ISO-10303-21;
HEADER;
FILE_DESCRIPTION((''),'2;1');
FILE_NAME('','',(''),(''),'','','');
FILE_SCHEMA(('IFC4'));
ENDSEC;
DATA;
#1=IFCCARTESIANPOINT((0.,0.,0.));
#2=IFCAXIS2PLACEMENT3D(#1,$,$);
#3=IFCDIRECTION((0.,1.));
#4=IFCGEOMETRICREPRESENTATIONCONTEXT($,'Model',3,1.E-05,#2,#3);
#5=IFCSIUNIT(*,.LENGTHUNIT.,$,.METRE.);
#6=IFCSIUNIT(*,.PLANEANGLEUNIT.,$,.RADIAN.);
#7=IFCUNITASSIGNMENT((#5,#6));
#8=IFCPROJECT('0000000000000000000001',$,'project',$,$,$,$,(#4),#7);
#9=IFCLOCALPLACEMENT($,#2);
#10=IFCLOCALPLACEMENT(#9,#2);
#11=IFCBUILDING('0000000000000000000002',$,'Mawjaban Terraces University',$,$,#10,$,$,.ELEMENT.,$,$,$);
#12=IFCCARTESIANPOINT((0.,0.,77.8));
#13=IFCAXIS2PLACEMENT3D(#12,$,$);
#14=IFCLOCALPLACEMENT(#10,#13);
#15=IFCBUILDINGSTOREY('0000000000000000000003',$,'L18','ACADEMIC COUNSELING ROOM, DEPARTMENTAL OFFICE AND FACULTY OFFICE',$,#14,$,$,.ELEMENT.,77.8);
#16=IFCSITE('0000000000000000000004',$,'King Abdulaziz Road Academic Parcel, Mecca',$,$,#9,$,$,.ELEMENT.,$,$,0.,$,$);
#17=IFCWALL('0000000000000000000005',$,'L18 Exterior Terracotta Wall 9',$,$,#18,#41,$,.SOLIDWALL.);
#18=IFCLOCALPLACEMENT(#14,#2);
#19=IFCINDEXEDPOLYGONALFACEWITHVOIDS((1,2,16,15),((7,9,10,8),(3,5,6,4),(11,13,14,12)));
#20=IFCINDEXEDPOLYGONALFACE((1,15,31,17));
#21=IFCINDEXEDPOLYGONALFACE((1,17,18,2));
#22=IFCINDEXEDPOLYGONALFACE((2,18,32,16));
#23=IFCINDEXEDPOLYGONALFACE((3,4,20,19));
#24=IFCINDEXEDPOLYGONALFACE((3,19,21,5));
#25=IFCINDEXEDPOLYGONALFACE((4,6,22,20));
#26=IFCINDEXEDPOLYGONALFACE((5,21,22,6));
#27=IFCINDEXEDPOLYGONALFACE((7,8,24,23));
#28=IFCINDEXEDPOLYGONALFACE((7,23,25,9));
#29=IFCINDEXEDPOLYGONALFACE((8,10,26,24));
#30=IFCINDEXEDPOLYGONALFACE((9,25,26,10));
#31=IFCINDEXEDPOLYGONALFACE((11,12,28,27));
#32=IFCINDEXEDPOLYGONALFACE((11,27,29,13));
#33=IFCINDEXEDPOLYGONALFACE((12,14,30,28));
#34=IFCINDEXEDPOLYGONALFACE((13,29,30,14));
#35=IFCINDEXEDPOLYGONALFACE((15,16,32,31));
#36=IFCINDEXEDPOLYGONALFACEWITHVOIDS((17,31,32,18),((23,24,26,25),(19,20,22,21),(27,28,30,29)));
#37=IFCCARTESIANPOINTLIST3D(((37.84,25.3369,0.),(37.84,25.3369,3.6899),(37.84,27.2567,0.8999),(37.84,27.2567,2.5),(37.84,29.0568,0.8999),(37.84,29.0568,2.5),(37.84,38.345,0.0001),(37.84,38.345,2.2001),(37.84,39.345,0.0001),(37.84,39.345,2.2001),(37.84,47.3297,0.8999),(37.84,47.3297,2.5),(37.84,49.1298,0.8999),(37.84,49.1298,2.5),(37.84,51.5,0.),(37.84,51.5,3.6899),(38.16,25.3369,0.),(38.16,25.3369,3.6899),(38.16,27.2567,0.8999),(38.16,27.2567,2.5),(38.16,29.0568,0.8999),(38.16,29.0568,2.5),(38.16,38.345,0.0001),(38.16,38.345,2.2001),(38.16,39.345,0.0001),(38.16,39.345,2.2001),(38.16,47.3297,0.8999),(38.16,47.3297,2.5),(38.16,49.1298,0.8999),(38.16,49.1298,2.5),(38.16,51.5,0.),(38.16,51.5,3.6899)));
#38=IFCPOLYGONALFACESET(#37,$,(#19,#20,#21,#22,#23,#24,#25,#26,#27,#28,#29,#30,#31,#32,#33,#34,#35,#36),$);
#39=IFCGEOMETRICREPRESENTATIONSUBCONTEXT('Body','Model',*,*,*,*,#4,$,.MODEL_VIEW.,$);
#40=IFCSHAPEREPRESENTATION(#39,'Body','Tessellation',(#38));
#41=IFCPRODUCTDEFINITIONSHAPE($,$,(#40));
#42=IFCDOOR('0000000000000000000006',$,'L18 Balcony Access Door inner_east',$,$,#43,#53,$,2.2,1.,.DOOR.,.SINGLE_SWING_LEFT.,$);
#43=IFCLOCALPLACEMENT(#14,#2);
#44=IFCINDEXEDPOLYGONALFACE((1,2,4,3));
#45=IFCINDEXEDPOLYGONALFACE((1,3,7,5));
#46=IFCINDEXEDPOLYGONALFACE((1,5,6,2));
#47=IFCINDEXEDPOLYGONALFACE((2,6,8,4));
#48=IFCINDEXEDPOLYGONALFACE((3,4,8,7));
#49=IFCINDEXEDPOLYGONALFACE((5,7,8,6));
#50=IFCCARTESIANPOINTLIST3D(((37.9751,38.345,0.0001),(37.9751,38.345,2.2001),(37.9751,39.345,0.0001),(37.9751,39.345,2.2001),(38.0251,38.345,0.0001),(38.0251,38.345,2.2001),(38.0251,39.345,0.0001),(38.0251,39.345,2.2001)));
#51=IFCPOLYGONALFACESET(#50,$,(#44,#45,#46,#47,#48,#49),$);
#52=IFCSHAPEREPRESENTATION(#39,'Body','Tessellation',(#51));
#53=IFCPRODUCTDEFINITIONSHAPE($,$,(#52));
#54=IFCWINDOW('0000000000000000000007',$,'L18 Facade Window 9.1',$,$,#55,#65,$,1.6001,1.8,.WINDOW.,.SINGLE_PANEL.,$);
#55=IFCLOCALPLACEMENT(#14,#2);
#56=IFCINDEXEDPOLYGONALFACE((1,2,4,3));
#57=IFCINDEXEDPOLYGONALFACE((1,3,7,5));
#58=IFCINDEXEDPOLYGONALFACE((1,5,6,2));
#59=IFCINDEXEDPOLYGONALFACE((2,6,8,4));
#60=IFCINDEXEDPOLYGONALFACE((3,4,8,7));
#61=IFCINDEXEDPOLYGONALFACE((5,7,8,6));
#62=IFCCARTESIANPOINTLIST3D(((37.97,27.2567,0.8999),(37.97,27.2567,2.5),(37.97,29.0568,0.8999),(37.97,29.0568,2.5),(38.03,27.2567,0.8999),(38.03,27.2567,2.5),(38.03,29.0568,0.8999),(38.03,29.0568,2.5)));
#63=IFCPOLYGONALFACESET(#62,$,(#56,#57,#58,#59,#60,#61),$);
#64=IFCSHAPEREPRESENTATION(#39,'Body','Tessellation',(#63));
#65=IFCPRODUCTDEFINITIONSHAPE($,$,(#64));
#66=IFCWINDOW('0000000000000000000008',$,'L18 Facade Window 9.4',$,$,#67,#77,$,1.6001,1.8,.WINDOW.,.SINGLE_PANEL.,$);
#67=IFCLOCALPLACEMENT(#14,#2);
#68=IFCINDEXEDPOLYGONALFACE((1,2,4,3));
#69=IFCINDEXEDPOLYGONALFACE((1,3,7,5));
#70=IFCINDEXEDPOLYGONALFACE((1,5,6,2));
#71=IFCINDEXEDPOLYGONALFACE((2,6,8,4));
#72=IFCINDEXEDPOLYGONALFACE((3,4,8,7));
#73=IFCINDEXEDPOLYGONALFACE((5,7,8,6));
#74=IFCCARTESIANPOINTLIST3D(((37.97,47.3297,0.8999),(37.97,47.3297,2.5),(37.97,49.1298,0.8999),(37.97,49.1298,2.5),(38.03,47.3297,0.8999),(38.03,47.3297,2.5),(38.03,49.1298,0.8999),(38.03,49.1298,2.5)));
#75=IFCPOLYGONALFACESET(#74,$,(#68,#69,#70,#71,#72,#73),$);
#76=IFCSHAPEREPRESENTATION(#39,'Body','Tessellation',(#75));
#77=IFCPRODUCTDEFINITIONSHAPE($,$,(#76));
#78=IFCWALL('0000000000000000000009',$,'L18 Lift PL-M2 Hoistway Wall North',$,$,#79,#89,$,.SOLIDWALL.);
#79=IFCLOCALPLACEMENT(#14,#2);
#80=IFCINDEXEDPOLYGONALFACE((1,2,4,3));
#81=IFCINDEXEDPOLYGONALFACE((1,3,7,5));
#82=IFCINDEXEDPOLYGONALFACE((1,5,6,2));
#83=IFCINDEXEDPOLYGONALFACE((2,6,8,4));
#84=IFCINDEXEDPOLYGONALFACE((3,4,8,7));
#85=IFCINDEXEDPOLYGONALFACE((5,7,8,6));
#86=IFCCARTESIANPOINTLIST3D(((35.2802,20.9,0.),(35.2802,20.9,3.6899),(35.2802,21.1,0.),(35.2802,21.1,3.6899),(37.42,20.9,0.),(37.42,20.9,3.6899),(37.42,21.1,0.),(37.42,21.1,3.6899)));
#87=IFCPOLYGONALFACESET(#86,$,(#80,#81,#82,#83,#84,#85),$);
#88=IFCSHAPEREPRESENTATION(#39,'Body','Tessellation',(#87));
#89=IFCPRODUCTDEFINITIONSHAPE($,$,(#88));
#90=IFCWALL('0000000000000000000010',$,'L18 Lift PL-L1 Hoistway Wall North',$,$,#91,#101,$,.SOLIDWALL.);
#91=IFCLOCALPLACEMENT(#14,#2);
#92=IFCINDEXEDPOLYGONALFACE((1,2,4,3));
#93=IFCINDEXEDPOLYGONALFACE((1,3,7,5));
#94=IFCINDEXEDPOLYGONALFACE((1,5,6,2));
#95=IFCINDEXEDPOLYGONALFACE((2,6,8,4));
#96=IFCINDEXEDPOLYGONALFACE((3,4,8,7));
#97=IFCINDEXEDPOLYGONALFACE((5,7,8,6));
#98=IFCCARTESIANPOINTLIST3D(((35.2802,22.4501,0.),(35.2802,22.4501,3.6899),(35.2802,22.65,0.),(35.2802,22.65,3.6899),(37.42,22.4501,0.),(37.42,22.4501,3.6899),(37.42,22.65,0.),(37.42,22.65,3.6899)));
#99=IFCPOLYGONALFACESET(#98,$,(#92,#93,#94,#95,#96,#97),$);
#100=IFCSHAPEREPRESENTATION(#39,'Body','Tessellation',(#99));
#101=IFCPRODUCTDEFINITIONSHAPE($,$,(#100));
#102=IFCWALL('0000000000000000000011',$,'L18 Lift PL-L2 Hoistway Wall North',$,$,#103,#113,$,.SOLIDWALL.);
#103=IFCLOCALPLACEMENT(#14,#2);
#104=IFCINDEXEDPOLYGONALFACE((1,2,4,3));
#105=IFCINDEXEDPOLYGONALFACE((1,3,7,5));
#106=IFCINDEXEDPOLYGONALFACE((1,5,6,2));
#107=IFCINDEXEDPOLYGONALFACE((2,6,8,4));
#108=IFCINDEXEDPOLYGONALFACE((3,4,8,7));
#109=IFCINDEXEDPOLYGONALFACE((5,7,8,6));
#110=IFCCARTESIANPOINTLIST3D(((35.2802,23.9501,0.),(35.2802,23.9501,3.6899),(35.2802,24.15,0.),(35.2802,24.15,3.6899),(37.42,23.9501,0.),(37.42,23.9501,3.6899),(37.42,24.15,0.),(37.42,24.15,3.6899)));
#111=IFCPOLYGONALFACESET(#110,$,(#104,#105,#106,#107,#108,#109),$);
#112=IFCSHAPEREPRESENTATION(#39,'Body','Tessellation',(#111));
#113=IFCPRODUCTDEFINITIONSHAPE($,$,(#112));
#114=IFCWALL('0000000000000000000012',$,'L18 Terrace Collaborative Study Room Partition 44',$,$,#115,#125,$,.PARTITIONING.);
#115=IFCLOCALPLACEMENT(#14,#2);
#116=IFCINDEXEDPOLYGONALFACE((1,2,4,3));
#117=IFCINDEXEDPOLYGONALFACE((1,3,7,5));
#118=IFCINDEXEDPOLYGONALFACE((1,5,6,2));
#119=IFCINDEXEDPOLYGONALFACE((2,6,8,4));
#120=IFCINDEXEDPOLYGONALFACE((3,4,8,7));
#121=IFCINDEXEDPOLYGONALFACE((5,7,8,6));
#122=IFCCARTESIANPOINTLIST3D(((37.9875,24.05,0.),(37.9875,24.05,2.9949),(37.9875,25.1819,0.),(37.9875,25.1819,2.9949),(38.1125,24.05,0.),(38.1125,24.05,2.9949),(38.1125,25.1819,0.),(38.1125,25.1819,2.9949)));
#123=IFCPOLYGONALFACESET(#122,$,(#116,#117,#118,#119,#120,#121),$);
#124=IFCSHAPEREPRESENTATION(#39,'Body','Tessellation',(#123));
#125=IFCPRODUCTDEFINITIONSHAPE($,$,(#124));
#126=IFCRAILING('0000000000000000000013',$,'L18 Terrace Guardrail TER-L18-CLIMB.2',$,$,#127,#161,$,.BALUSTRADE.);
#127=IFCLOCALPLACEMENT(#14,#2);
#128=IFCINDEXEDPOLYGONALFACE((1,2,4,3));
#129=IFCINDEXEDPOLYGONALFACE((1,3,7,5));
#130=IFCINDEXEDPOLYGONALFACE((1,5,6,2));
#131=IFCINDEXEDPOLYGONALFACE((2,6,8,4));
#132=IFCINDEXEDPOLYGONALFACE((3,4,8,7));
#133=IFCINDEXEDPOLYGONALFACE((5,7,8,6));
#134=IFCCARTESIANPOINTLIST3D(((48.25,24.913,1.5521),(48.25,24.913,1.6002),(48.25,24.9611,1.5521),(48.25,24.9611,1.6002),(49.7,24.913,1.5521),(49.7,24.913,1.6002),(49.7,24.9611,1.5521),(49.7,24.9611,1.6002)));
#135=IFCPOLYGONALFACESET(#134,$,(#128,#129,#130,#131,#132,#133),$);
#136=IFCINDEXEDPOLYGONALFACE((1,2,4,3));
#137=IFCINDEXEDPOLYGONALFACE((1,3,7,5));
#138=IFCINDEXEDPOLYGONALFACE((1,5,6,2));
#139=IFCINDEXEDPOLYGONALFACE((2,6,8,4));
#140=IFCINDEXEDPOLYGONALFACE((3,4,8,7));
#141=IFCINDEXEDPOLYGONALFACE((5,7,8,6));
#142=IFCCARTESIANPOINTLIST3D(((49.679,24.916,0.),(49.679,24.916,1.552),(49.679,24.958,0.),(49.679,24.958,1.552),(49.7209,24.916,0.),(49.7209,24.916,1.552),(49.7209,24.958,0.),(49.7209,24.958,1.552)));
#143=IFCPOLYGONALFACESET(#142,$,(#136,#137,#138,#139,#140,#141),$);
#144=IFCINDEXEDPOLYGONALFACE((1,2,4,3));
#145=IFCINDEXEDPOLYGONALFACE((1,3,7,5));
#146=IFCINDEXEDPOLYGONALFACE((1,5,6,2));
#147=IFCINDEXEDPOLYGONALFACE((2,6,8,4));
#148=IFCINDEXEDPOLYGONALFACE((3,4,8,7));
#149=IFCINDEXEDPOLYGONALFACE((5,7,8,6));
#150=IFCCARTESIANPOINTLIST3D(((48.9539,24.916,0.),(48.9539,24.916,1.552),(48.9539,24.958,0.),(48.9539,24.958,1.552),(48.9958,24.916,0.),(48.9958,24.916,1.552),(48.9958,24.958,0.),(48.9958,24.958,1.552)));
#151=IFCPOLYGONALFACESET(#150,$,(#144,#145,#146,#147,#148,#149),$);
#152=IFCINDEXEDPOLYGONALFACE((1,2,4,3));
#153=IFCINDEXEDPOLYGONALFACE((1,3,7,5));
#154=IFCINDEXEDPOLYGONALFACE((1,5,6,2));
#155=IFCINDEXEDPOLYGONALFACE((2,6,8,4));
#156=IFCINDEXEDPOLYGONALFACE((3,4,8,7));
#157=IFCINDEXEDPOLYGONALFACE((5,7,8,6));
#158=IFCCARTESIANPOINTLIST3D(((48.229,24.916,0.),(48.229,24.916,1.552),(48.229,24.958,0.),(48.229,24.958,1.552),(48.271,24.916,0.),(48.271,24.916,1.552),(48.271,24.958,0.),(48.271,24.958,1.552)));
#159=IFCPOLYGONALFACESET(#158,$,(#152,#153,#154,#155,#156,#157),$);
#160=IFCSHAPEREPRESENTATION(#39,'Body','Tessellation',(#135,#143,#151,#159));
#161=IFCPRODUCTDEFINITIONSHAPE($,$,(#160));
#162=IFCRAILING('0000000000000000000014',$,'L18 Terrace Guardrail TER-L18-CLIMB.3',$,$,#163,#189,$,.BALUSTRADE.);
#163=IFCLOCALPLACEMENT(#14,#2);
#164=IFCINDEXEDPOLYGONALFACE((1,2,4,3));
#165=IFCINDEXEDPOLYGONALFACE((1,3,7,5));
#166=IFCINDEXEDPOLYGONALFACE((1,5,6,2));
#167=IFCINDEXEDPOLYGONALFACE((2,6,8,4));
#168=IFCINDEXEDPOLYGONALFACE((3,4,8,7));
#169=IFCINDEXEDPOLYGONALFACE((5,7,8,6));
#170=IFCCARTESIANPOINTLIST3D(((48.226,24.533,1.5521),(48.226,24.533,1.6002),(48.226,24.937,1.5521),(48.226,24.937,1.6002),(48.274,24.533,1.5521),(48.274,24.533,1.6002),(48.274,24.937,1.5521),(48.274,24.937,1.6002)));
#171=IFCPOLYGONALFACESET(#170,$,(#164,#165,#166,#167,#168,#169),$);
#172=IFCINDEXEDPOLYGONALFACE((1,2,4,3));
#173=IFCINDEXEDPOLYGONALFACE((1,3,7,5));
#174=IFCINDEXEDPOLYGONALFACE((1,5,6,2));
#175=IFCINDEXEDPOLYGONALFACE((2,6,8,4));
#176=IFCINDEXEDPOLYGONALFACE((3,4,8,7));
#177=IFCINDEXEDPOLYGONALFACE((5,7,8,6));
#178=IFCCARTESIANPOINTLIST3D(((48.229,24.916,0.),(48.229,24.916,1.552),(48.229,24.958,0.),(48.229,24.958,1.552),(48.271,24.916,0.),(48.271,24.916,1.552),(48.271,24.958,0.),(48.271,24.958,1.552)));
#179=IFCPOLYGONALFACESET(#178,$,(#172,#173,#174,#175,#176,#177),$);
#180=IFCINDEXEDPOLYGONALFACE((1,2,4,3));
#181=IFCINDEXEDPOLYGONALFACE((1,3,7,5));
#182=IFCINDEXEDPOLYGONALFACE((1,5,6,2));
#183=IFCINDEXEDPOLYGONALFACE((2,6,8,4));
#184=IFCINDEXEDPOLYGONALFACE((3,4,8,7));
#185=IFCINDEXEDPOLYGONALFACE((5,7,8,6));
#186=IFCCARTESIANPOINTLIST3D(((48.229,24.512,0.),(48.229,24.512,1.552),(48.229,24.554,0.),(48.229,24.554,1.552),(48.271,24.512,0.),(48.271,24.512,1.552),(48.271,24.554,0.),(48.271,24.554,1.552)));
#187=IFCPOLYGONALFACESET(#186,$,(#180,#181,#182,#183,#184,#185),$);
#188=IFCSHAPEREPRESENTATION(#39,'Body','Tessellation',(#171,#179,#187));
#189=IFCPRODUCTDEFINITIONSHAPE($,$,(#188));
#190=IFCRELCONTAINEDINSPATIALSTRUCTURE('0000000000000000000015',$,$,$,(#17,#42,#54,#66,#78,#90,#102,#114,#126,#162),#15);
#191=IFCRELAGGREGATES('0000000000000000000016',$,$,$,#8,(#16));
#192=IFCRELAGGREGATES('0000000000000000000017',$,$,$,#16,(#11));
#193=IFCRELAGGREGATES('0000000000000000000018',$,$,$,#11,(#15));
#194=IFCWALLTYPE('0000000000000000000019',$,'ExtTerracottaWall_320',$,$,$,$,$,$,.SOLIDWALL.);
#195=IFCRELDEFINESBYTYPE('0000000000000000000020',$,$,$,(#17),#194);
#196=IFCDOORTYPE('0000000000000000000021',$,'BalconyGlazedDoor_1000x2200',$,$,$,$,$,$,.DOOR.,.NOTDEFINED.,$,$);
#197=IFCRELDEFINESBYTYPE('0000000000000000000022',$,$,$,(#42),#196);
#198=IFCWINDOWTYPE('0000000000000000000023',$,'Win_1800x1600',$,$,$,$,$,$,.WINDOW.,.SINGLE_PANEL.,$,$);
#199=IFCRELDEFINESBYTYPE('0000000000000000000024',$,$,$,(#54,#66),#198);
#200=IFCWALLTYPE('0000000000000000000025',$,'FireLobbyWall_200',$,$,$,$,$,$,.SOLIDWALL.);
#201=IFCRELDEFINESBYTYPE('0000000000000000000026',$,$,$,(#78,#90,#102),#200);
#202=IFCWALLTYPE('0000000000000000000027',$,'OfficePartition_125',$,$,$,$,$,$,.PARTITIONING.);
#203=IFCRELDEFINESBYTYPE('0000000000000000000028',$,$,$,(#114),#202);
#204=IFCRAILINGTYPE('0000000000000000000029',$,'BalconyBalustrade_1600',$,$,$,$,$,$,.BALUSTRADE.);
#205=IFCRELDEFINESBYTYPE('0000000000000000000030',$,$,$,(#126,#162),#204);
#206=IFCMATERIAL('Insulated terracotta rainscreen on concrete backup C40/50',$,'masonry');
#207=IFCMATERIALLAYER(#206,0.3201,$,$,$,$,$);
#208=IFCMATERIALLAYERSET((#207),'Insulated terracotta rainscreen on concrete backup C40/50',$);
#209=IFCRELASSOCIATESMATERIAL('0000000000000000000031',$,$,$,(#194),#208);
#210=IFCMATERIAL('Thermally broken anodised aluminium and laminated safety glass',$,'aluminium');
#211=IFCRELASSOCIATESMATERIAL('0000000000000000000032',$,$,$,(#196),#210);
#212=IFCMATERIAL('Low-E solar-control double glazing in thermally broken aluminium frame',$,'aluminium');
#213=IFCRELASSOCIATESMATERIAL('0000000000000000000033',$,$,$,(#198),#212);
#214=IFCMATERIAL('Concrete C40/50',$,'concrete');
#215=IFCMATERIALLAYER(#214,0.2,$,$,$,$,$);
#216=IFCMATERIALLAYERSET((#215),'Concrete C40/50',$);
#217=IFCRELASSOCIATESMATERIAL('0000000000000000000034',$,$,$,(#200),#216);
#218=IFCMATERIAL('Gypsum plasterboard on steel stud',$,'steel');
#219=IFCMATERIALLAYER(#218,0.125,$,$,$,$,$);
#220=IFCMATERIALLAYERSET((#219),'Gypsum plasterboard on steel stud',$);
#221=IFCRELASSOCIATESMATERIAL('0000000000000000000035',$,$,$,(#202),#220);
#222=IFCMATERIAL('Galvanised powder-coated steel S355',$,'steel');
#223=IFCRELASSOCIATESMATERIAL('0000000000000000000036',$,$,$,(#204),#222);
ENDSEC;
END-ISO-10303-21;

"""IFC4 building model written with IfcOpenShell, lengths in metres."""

from ifc_helpers import new_model, si_unit, direction, frame, frame_2d, origin, origin_2d, place, context, subcontext, project, spatial, rectangle, extrude, material, layer, layer_set, type_object, element, fill, save


model = new_model("IFC4")

# Units and contexts
model_context = context("Model", 3, precision=1e-05, world=origin(), true_north=direction((0.0, 1.0)))
body_context = subcontext(model_context, "Body", "Model", "MODEL_VIEW")
ifc_project = project(units=[si_unit("LENGTHUNIT", "METRE"), si_unit("PLANEANGLEUNIT", "RADIAN")], contexts=[model_context])

# Site, building, storey
site_placement = place(None, origin())
site = spatial("IfcSite", under=ifc_project, at=site_placement, Name="King Abdulaziz Road Academic Parcel, Mecca", CompositionType="ELEMENT", RefElevation=0.0)
building_placement = place(site_placement, origin())
building = spatial("IfcBuilding", under=site, at=building_placement, Name="Mawjaban Terraces University", CompositionType="ELEMENT")
storey_placement = place(building_placement, frame((0.0, 0.0, 77.8)))
storey = spatial("IfcBuildingStorey", under=building, at=storey_placement, Name="L18", Description="ACADEMIC COUNSELING ROOM, DEPARTMENTAL OFFICE AND FACULTY OFFICE", CompositionType="ELEMENT", Elevation=77.8)

# Shared definitions
ifc_material_1 = material(Name="Insulated terracotta rainscreen on concrete backup C40/50", Category="masonry")
ifc_layer_1 = layer(ifc_material_1, 0.3201)
ifc_layer_set_1 = layer_set([ifc_layer_1], Name="Insulated terracotta rainscreen on concrete backup C40/50")
wall_type_1 = type_object("IfcWallType", Name="ExtTerracottaWall_320", PredefinedType="SOLIDWALL", material=ifc_layer_set_1)

# Shared definitions
ifc_material_2 = material(Name="Low-E solar-control double glazing in thermally broken aluminium frame", Category="aluminium")

# Wall, openings, door, windows
wall_1_placement = place(storey_placement, frame((38.0, 25.3369, 0.0), z_axis=(0.0, 0.0, 1.0), x_axis=(0.0, 1.0, 0.0)))
wall_1 = element("IfcWall", 1, at=wall_1_placement, inside=storey, type_object=wall_type_1, Name="L18 Exterior Terracotta Wall 9", PredefinedType="SOLIDWALL", context=body_context, shape_type="SweptSolid", body=[
    extrude(rectangle(XDim=26.1631, YDim=0.3201, at=frame_2d((13.0815, 0.0))), origin(), (0.0, 0.0, 1.0), 3.6899),
])
opening_1_placement = place(wall_1_placement, frame((13.0081, 0.0, 0.0)))
opening_1 = element("IfcOpeningElement", 2, at=opening_1_placement, cuts=wall_1, PredefinedType="OPENING", context=body_context, shape_type="SweptSolid", body=[
    extrude(rectangle(XDim=1.0, YDim=2.2, at=frame_2d((0.5, 1.1001))), frame((0.0, 0.1699, 0.0), z_axis=(0.0, -1.0, 0.0), x_axis=(1.0, 0.0, 0.0)), (0.0, 0.0, 1.0), 0.3401),
])
opening_2_placement = place(wall_1_placement, frame((1.9199, 0.0, 0.8999)))
opening_2 = element("IfcOpeningElement", 3, at=opening_2_placement, cuts=wall_1, PredefinedType="OPENING", context=body_context, shape_type="SweptSolid", body=[
    extrude(rectangle(XDim=1.8, YDim=1.6001, at=frame_2d((0.8999, 0.8))), frame((0.0, 0.1699, 0.0), z_axis=(0.0, -1.0, 0.0), x_axis=(1.0, 0.0, 0.0)), (0.0, 0.0, 1.0), 0.3401),
])
opening_3_placement = place(wall_1_placement, frame((21.9929, 0.0, 0.8999)))
opening_3 = element("IfcOpeningElement", 4, at=opening_3_placement, cuts=wall_1, PredefinedType="OPENING", context=body_context, shape_type="SweptSolid", body=[
    extrude(rectangle(XDim=1.8, YDim=1.6001, at=frame_2d((0.8999, 0.8))), frame((0.0, 0.1699, 0.0), z_axis=(0.0, -1.0, 0.0), x_axis=(1.0, 0.0, 0.0)), (0.0, 0.0, 1.0), 0.3401),
])
ifc_material_3 = material(Name="Thermally broken anodised aluminium and laminated safety glass", Category="aluminium")
door_type = type_object("IfcDoorType", Name="BalconyGlazedDoor_1000x2200", OperationType="NOTDEFINED", PredefinedType="DOOR", material=ifc_material_3)
door_placement = place(opening_1_placement, origin())
door = element("IfcDoor", 5, at=door_placement, inside=storey, type_object=door_type, Name="L18 Balcony Access Door inner_east", OperationType="SINGLE_SWING_LEFT", OverallHeight=2.2, OverallWidth=1.0, PredefinedType="DOOR", context=body_context, shape_type="SweptSolid", body=[
    extrude(rectangle(XDim=1.0, YDim=2.2, at=frame_2d((0.5, 1.1001))), frame((0.0, 0.0249, 0.0), z_axis=(0.0, -1.0, 0.0), x_axis=(1.0, 0.0, 0.0)), (0.0, 0.0, 1.0), 0.05),
])
fill(opening_1, door)
window_type_1 = type_object("IfcWindowType", Name="Win_1800x1600", PartitioningType="SINGLE_PANEL", PredefinedType="WINDOW", material=ifc_material_2)
window_1_placement = place(opening_2_placement, origin())
window_1 = element("IfcWindow", 6, at=window_1_placement, inside=storey, type_object=window_type_1, Name="L18 Facade Window 9.1", OverallHeight=1.6001, OverallWidth=1.8, PartitioningType="SINGLE_PANEL", PredefinedType="WINDOW", context=body_context, shape_type="SweptSolid", body=[
    extrude(rectangle(XDim=1.8, YDim=1.6001, at=frame_2d((0.8999, 0.8))), frame((0.0, 0.03, 0.0), z_axis=(0.0, -1.0, 0.0), x_axis=(1.0, 0.0, 0.0)), (0.0, 0.0, 1.0), 0.0601),
])
fill(opening_2, window_1)
window_2_placement = place(opening_3_placement, origin())
window_2 = element("IfcWindow", 7, at=window_2_placement, inside=storey, type_object=window_type_1, Name="L18 Facade Window 9.4", OverallHeight=1.6001, OverallWidth=1.8, PartitioningType="SINGLE_PANEL", PredefinedType="WINDOW", context=body_context, shape_type="SweptSolid", body=[
    extrude(rectangle(XDim=1.8, YDim=1.6001, at=frame_2d((0.8999, 0.8))), frame((0.0, 0.03, 0.0), z_axis=(0.0, -1.0, 0.0), x_axis=(1.0, 0.0, 0.0)), (0.0, 0.0, 1.0), 0.0601),
])
fill(opening_3, window_2)

# Walls
ifc_material_4 = material(Name="Concrete C40/50", Category="concrete")
ifc_layer_2 = layer(ifc_material_4, 0.2)
ifc_layer_set_2 = layer_set([ifc_layer_2], Name="Concrete C40/50")
wall_type_2 = type_object("IfcWallType", Name="FireLobbyWall_200", PredefinedType="SOLIDWALL", material=ifc_layer_set_2)
for number, where, z_axis, x_axis, name in (
    (8, (37.4199, 21.0, 0.0), (0.0, 0.0, 1.0), (-1.0, 0.0, 0.0), "L18 Lift PL-M2 Hoistway Wall North"),
    (9, (37.4199, 22.55, 0.0), (0.0, 0.0, 1.0), (-1.0, 0.0, 0.0), "L18 Lift PL-L1 Hoistway Wall North"),
    (10, (37.4199, 24.05, 0.0), (0.0, 0.0, 1.0), (-1.0, 0.0, 0.0), "L18 Lift PL-L2 Hoistway Wall North"),
):
    element("IfcWall", number, at=place(storey_placement, frame(where, z_axis=z_axis, x_axis=x_axis)), inside=storey, type_object=wall_type_2, Name=name, PredefinedType="SOLIDWALL", context=body_context, shape_type="SweptSolid", body=[
        extrude(rectangle(XDim=2.1399, YDim=0.2, at=frame_2d((1.0698, 0.0))), origin(), (0.0, 0.0, 1.0), 3.6899),
    ])
ifc_material_5 = material(Name="Gypsum plasterboard on steel stud", Category="steel")
ifc_layer_3 = layer(ifc_material_5, 0.125)
ifc_layer_set_3 = layer_set([ifc_layer_3], Name="Gypsum plasterboard on steel stud")
wall_type_3 = type_object("IfcWallType", Name="OfficePartition_125", PredefinedType="PARTITIONING", material=ifc_layer_set_3)
wall_2_placement = place(storey_placement, frame((38.05, 25.1819, 0.0), z_axis=(0.0, 0.0, 1.0), x_axis=(0.0, -1.0, 0.0)))
element("IfcWall", 11, at=wall_2_placement, inside=storey, type_object=wall_type_3, Name="L18 Terrace Collaborative Study Room Partition 44", PredefinedType="PARTITIONING", context=body_context, shape_type="SweptSolid", body=[
    extrude(rectangle(XDim=1.1318, YDim=0.125, at=frame_2d((0.5659, 0.0))), origin(), (0.0, 0.0, 1.0), 2.9949),
])

# Railings
ifc_material_6 = material(Name="Galvanised powder-coated steel S355", Category="steel")
railing_type = type_object("IfcRailingType", Name="BalconyBalustrade_1600", PredefinedType="BALUSTRADE", material=ifc_material_6)
railing_1_placement = place(storey_placement, frame((49.7, 24.937, 0.0)))
element("IfcRailing", 12, at=railing_1_placement, inside=storey, type_object=railing_type, Name="L18 Terrace Guardrail TER-L18-CLIMB.2", PredefinedType="BALUSTRADE", context=body_context, shape_type="SweptSolid", body=[
    extrude(rectangle(XDim=0.0481, YDim=0.0481, at=origin_2d()), frame((0.0, 0.0, 1.5762), z_axis=(-1.0, 0.0, 0.0), x_axis=(0.0, -1.0, 0.0)), (0.0, 0.0, 1.0), 1.45),
    extrude(rectangle(XDim=0.042, YDim=0.042, at=origin_2d()), origin(), (0.0, 0.0, 1.0), 1.552),
    extrude(rectangle(XDim=0.042, YDim=0.042, at=origin_2d()), frame((-0.7251, 0.0, 0.0)), (0.0, 0.0, 1.0), 1.552),
    extrude(rectangle(XDim=0.042, YDim=0.042, at=origin_2d()), frame((-1.45, 0.0, 0.0)), (0.0, 0.0, 1.0), 1.552),
])
railing_2_placement = place(storey_placement, frame((48.25, 24.937, 0.0)))
element("IfcRailing", 13, at=railing_2_placement, inside=storey, type_object=railing_type, Name="L18 Terrace Guardrail TER-L18-CLIMB.3", PredefinedType="BALUSTRADE", context=body_context, shape_type="SweptSolid", body=[
    extrude(rectangle(XDim=0.0481, YDim=0.0481, at=origin_2d()), frame((0.0, 0.0, 1.5762), z_axis=(0.0, -1.0, 0.0), x_axis=(1.0, 0.0, 0.0)), (0.0, 0.0, 1.0), 0.4041),
    extrude(rectangle(XDim=0.042, YDim=0.042, at=origin_2d()), origin(), (0.0, 0.0, 1.0), 1.552),
    extrude(rectangle(XDim=0.042, YDim=0.042, at=origin_2d()), frame((0.0, -0.4041, 0.0)), (0.0, 0.0, 1.0), 1.552),
])

save(model, "model.ifc")
